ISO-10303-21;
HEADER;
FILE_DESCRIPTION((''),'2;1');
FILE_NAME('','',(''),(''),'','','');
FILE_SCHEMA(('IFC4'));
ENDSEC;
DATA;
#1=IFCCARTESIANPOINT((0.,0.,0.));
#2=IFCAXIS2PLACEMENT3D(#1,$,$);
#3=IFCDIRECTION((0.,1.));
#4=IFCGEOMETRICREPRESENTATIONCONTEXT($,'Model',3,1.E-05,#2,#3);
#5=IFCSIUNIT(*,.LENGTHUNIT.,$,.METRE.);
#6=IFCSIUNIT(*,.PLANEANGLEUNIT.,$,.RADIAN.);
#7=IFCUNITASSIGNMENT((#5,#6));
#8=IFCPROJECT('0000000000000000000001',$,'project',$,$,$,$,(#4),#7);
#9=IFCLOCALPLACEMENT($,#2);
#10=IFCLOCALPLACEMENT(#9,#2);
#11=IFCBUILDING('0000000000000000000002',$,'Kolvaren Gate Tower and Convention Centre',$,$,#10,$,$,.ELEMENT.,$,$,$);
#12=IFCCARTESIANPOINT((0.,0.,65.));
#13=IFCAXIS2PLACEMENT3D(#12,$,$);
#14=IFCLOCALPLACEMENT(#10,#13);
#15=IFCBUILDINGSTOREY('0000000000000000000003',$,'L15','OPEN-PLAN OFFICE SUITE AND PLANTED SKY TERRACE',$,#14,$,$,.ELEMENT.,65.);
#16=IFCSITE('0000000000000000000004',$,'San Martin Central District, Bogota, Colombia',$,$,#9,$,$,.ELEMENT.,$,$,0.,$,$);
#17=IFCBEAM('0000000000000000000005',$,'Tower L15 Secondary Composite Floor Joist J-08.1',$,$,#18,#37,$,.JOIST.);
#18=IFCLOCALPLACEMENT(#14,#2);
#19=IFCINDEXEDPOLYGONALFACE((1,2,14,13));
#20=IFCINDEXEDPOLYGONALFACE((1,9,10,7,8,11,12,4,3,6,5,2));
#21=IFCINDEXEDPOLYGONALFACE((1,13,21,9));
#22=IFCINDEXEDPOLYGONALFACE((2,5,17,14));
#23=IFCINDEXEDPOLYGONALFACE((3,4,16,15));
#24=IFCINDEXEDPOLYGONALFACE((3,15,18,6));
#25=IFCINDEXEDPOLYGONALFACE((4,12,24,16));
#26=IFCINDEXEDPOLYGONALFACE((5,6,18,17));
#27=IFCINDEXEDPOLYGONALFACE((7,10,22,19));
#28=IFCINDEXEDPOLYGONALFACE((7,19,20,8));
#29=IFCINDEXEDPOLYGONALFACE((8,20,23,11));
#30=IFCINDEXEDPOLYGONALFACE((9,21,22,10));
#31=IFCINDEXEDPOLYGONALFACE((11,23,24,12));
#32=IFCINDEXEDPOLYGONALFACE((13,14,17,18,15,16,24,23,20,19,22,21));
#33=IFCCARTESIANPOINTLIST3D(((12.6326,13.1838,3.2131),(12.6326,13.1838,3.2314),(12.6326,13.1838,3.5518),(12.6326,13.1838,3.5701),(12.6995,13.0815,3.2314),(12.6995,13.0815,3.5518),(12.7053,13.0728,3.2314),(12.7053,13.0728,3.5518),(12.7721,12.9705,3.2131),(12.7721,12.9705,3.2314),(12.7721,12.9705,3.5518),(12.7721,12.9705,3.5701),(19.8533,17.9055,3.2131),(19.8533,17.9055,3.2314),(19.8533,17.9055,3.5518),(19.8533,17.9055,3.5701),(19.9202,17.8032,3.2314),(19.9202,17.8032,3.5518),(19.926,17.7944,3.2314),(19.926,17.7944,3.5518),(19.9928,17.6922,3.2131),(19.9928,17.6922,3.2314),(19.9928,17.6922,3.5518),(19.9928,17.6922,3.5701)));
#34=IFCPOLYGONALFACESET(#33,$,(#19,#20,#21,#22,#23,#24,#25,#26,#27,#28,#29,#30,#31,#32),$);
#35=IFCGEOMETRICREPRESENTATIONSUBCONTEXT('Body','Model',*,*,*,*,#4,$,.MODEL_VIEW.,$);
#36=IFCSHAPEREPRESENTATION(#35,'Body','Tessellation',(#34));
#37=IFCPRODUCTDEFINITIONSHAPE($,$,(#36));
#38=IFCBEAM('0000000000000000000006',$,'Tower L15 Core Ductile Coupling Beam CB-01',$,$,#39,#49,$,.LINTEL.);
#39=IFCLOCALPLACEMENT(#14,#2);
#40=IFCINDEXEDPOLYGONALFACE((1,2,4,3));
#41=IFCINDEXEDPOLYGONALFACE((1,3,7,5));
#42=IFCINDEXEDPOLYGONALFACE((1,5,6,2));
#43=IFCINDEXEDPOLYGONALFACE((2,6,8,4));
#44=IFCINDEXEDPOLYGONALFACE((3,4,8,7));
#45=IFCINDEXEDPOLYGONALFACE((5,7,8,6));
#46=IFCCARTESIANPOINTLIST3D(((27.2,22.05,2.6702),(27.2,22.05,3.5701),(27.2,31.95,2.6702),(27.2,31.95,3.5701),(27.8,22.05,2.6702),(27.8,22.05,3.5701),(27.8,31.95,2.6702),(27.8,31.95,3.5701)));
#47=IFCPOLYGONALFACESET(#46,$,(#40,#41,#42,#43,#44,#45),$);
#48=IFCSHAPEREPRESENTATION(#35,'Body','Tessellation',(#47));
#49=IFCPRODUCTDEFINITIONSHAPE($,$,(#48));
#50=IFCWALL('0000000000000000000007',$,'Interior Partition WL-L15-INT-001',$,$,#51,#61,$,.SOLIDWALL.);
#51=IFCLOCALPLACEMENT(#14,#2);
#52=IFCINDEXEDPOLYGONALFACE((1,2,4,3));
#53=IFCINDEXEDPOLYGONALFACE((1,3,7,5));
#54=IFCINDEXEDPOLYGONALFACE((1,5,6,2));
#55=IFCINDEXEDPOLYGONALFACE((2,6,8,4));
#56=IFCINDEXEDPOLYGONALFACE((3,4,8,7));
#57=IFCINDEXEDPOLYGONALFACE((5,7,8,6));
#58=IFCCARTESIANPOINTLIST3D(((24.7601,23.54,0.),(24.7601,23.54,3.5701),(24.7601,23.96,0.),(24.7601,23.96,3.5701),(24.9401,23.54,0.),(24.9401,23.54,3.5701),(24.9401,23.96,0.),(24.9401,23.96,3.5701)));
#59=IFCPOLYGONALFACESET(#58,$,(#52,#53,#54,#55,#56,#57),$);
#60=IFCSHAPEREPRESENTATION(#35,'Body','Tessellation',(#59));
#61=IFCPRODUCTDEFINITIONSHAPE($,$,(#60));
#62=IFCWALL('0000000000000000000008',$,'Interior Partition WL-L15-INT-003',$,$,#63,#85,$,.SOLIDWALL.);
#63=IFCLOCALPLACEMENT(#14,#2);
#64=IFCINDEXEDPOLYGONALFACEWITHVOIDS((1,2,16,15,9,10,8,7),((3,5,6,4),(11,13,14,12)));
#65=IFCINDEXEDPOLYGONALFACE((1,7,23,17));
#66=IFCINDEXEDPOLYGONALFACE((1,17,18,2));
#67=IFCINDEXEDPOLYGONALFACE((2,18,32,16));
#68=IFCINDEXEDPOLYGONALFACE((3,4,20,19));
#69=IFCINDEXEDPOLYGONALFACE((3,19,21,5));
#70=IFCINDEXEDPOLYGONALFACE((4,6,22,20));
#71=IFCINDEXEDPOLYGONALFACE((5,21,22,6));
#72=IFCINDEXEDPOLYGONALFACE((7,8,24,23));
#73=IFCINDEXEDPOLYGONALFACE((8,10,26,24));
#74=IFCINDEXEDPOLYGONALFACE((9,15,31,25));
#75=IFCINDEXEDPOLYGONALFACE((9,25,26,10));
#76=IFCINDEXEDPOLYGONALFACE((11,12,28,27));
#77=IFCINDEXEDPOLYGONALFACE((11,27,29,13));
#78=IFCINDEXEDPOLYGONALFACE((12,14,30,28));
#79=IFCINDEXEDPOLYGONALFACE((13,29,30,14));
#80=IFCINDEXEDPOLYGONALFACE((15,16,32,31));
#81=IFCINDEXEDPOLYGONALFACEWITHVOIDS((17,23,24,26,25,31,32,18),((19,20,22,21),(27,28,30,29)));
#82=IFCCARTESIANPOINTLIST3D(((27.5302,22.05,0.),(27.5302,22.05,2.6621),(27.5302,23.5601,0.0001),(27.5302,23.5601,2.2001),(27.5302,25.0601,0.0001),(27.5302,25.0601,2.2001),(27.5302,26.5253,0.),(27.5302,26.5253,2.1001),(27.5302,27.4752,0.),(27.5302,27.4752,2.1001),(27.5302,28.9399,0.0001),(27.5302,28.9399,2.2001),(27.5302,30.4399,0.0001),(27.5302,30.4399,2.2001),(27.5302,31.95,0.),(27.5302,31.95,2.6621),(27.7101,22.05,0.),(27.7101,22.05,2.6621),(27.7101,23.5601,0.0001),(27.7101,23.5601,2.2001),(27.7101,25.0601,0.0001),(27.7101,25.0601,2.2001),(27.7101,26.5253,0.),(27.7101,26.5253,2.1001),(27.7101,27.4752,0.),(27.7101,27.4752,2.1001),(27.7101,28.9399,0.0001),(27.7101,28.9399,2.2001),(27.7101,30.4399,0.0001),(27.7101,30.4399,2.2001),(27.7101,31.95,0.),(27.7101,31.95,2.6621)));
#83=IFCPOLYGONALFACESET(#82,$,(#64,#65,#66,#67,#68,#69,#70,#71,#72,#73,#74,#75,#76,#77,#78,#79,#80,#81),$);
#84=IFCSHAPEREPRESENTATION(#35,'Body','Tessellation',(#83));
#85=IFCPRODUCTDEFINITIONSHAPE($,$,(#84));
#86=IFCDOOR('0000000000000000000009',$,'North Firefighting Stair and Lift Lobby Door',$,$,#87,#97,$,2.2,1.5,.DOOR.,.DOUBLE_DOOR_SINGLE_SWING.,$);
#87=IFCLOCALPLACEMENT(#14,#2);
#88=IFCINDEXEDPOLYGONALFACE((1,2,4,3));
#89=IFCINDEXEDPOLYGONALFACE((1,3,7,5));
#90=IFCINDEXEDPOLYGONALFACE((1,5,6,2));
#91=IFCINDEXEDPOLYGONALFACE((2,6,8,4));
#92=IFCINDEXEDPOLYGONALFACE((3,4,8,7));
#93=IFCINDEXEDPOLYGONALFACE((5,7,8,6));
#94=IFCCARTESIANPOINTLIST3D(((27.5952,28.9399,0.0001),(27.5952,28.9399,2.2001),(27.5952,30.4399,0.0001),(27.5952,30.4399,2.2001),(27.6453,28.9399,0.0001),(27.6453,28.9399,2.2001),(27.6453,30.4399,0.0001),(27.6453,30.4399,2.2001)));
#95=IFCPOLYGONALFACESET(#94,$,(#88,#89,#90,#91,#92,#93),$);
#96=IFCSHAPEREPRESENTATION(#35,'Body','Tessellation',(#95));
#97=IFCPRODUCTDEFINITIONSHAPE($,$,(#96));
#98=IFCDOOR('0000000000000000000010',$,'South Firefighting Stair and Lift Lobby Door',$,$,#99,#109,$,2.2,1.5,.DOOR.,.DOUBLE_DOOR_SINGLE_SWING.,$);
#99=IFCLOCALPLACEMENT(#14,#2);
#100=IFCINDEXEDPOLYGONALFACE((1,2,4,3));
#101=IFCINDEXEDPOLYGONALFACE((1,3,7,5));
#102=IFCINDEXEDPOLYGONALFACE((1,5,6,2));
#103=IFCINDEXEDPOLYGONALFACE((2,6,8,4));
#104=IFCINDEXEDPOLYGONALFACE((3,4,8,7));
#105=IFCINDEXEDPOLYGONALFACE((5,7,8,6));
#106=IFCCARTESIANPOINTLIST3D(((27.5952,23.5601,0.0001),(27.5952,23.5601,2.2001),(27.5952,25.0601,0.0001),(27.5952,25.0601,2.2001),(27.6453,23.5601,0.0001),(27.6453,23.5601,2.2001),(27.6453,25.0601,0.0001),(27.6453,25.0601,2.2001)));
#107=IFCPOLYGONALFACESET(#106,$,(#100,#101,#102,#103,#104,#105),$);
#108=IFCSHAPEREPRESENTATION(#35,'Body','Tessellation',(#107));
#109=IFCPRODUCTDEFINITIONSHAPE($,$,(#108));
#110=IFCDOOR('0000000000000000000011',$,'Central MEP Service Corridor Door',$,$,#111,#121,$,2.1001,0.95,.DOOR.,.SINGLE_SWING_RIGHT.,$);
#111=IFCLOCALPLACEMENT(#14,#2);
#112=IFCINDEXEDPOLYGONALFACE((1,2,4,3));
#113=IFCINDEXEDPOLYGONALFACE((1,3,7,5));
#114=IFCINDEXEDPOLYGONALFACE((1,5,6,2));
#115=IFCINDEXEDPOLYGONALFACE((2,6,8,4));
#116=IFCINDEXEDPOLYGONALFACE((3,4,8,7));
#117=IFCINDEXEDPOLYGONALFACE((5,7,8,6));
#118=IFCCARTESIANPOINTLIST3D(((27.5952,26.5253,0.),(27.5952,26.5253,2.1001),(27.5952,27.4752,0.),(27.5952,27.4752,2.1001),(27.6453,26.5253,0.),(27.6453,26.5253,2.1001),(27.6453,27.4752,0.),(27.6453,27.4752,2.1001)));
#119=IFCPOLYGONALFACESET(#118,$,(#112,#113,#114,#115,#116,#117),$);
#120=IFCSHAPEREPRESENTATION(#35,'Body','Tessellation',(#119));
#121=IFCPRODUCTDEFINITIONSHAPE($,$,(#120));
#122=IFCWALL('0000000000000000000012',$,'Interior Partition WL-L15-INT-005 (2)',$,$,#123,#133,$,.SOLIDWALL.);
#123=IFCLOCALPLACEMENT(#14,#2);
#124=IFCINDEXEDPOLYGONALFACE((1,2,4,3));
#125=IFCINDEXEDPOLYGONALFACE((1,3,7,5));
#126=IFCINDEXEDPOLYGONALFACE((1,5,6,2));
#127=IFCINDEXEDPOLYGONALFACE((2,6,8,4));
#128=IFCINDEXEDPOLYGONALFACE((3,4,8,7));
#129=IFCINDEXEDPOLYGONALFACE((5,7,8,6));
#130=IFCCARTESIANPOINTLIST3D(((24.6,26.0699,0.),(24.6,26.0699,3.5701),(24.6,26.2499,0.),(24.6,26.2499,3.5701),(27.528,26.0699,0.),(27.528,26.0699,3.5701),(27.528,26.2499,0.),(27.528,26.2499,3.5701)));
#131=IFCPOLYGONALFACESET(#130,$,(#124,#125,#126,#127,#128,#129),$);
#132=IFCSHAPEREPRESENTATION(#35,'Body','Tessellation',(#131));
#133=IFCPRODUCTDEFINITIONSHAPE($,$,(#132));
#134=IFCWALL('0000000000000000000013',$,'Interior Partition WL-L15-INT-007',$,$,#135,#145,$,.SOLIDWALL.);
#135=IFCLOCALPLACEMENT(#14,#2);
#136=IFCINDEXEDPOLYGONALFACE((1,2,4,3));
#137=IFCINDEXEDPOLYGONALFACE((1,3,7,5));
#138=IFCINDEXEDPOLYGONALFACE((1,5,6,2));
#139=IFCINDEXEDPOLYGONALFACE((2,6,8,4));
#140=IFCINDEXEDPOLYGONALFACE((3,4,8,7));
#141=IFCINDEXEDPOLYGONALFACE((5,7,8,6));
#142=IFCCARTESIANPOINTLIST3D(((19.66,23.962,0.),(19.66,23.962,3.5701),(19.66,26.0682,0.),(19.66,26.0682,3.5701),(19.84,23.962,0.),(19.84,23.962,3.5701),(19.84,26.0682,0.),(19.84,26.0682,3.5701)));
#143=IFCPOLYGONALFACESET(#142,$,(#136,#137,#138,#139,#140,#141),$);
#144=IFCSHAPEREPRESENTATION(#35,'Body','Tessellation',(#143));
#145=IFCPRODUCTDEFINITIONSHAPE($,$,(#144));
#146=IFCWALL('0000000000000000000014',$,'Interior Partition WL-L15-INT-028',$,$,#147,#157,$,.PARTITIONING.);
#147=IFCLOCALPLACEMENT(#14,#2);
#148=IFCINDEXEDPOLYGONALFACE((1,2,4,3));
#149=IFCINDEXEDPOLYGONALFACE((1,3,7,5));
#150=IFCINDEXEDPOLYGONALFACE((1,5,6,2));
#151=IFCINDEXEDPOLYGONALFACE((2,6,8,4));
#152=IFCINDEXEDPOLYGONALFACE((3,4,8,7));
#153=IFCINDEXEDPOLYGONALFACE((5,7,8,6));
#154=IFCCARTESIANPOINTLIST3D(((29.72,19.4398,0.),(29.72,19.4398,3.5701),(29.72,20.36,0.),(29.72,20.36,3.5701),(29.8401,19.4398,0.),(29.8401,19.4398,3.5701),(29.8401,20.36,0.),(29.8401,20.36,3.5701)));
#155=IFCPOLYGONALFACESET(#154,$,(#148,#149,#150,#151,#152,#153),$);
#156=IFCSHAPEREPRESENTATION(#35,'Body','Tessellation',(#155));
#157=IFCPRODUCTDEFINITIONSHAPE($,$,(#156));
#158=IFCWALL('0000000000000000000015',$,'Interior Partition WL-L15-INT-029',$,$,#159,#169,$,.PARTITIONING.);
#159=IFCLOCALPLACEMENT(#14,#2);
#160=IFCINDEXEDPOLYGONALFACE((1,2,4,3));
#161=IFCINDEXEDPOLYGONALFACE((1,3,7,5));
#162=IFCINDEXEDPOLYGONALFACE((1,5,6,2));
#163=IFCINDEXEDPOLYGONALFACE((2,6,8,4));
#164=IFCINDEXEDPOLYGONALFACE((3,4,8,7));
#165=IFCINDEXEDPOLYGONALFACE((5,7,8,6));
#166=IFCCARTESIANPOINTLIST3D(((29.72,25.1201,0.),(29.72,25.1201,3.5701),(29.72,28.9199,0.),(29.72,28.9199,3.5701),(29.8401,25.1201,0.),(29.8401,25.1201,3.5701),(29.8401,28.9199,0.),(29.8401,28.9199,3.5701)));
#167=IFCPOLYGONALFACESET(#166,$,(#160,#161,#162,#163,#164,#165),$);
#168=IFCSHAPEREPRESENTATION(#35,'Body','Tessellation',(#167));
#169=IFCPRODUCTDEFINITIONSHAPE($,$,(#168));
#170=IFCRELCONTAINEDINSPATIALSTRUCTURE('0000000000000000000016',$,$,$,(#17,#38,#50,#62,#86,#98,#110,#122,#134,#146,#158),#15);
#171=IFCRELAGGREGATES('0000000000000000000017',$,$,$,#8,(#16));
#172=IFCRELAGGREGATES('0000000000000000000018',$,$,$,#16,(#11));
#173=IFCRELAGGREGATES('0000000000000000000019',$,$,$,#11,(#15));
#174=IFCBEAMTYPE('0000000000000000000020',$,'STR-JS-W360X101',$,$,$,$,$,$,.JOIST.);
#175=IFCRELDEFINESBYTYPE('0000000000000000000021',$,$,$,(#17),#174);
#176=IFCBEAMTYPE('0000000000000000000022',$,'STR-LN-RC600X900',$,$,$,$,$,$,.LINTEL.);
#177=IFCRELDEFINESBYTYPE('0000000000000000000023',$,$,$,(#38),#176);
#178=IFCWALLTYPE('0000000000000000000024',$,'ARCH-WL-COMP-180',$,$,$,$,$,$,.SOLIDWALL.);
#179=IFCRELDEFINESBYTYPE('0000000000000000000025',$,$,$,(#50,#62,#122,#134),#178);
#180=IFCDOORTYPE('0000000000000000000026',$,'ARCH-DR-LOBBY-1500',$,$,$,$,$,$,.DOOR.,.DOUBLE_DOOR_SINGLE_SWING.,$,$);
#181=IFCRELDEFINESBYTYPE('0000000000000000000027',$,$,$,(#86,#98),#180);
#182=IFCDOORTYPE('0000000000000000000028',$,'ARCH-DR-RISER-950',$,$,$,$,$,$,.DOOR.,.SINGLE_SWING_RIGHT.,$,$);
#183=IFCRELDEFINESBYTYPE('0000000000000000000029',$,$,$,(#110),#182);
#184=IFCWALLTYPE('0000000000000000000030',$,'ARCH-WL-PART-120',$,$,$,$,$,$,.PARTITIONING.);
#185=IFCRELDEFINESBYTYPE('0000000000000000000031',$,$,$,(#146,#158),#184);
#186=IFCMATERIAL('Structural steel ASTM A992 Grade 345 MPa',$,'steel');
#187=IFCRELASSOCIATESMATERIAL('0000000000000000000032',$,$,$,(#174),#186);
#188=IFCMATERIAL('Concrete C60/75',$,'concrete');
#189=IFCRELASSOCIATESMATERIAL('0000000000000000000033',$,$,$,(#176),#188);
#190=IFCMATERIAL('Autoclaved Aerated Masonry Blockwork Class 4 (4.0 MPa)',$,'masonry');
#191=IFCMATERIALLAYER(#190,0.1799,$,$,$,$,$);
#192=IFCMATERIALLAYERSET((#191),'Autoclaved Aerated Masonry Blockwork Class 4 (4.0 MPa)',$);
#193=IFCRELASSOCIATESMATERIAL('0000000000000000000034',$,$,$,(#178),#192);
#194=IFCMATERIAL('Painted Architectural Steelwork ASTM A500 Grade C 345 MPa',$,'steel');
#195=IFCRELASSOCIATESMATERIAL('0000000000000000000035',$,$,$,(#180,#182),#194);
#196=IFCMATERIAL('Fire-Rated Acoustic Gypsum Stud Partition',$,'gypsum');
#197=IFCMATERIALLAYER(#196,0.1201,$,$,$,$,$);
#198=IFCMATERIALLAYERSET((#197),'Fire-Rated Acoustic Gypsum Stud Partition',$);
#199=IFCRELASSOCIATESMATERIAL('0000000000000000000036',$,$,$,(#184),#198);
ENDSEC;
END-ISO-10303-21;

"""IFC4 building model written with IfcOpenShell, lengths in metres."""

from ifc_helpers import new_model, si_unit, direction, frame, frame_2d, origin, origin_2d, place, context, subcontext, project, spatial, rectangle, i_section, extrude, material, layer, layer_set, material_profile, profile_set, type_object, element, fill, save


model = new_model("IFC4")

# Units and contexts
model_context = context("Model", 3, precision=1e-05, world=origin(), true_north=direction((0.0, 1.0)))
body_context = subcontext(model_context, "Body", "Model", "MODEL_VIEW")
ifc_project = project(units=[si_unit("LENGTHUNIT", "METRE"), si_unit("PLANEANGLEUNIT", "RADIAN")], contexts=[model_context])

# Site, building, storey
site_placement = place(None, origin())
site = spatial("IfcSite", under=ifc_project, at=site_placement, Name="San Martin Central District, Bogota, Colombia", CompositionType="ELEMENT", RefElevation=0.0)
building_placement = place(site_placement, origin())
building = spatial("IfcBuilding", under=site, at=building_placement, Name="Kolvaren Gate Tower and Convention Centre", CompositionType="ELEMENT")
storey_placement = place(building_placement, frame((0.0, 0.0, 65.0)))
storey = spatial("IfcBuildingStorey", under=building, at=storey_placement, Name="L15", Description="OPEN-PLAN OFFICE SUITE AND PLANTED SKY TERRACE", CompositionType="ELEMENT", Elevation=65.0)

# Beams
ifc_material_1 = material(Name="Structural steel ASTM A992 Grade 345 MPa", Category="steel")
ifc_material_profile_1 = material_profile(ifc_material_1, i_section(OverallWidth=0.2549, OverallDepth=0.3569, WebThickness=0.0105, FlangeThickness=0.0183, at=origin_2d()), Name="W360X101")
ifc_profile_set_1 = profile_set([ifc_material_profile_1], Name="Structural steel ASTM A992 Grade 345 MPa")
beam_type_1 = type_object("IfcBeamType", Name="STR-JS-W360X101", PredefinedType="JOIST", material=ifc_profile_set_1)
beam_1_placement = place(storey_placement, frame((19.9231, 17.7988, 3.3916), z_axis=(-0.836946, -0.547286, 0.0), x_axis=(0.547286, -0.836946, 0.0)))
element("IfcBeam", 1, at=beam_1_placement, inside=storey, type_object=beam_type_1, Name="Tower L15 Secondary Composite Floor Joist J-08.1", PredefinedType="JOIST", context=body_context, shape_type="SweptSolid", body=[
    extrude(i_section(OverallWidth=0.2549, OverallDepth=0.3569, WebThickness=0.0105, FlangeThickness=0.0183, at=origin_2d()), origin(), (0.0, 0.0, 1.0), 8.6274),
])
ifc_material_2 = material(Name="Concrete C60/75", Category="concrete")
ifc_material_profile_2 = material_profile(ifc_material_2, rectangle(XDim=0.6001, YDim=0.8999, at=origin_2d()), Name="RC-BM-600X900")
ifc_profile_set_2 = profile_set([ifc_material_profile_2], Name="Concrete C60/75")
beam_type_2 = type_object("IfcBeamType", Name="STR-LN-RC600X900", PredefinedType="LINTEL", material=ifc_profile_set_2)
beam_2_placement = place(storey_placement, frame((27.5, 22.05, 3.1201), z_axis=(0.0, 1.0, 0.0), x_axis=(-1.0, 0.0, 0.0)))
element("IfcBeam", 2, at=beam_2_placement, inside=storey, type_object=beam_type_2, Name="Tower L15 Core Ductile Coupling Beam CB-01", PredefinedType="LINTEL", context=body_context, shape_type="SweptSolid", body=[
    extrude(rectangle(XDim=0.6001, YDim=0.8999, at=origin_2d()), origin(), (0.0, 0.0, 1.0), 9.8999),
])

# Wall
ifc_material_3 = material(Name="Autoclaved Aerated Masonry Blockwork Class 4 (4.0 MPa)", Category="masonry")
ifc_layer_1 = layer(ifc_material_3, 0.1799)
ifc_layer_set_1 = layer_set([ifc_layer_1], Name="Autoclaved Aerated Masonry Blockwork Class 4 (4.0 MPa)")
wall_type_1 = type_object("IfcWallType", Name="ARCH-WL-COMP-180", PredefinedType="SOLIDWALL", material=ifc_layer_set_1)
wall_1_placement = place(storey_placement, frame((24.8501, 23.54, 0.0), z_axis=(0.0, 0.0, 1.0), x_axis=(0.0, 1.0, 0.0)))
element("IfcWall", 3, at=wall_1_placement, inside=storey, type_object=wall_type_1, Name="Interior Partition WL-L15-INT-001", PredefinedType="SOLIDWALL", context=body_context, shape_type="SweptSolid", body=[
    extrude(rectangle(XDim=0.4199, YDim=0.1799, at=frame_2d((0.21, 0.0))), origin(), (0.0, 0.0, 1.0), 3.5701),
])

# Wall, openings, doors
wall_2_placement = place(storey_placement, frame((27.6201, 22.05, 0.0), z_axis=(0.0, 0.0, 1.0), x_axis=(0.0, 1.0, 0.0)))
wall_2 = element("IfcWall", 4, at=wall_2_placement, inside=storey, type_object=wall_type_1, Name="Interior Partition WL-L15-INT-003", PredefinedType="SOLIDWALL", context=body_context, shape_type="SweptSolid", body=[
    extrude(rectangle(XDim=9.8999, YDim=0.1799, at=frame_2d((4.95, 0.0))), origin(), (0.0, 0.0, 1.0), 2.6621),
])
opening_1_placement = place(wall_2_placement, frame((4.4751, 0.0, 0.0)))
opening_1 = element("IfcOpeningElement", 5, at=opening_1_placement, cuts=wall_2, PredefinedType="OPENING", context=body_context, shape_type="SweptSolid", body=[
    extrude(rectangle(XDim=0.95, YDim=2.1001, at=frame_2d((0.4751, 1.05))), frame((0.0, 0.0999, 0.0), z_axis=(0.0, -1.0, 0.0), x_axis=(1.0, 0.0, 0.0)), (0.0, 0.0, 1.0), 0.2),
])
opening_2_placement = place(wall_2_placement, frame((6.8899, 0.0, 0.0)))
opening_2 = element("IfcOpeningElement", 6, at=opening_2_placement, cuts=wall_2, PredefinedType="OPENING", context=body_context, shape_type="SweptSolid", body=[
    extrude(rectangle(XDim=1.5, YDim=2.2, at=frame_2d((0.75, 1.1001))), frame((0.0, 0.0999, 0.0), z_axis=(0.0, -1.0, 0.0), x_axis=(1.0, 0.0, 0.0)), (0.0, 0.0, 1.0), 0.2),
])
opening_3_placement = place(wall_2_placement, frame((1.51, 0.0, 0.0)))
opening_3 = element("IfcOpeningElement", 7, at=opening_3_placement, cuts=wall_2, PredefinedType="OPENING", context=body_context, shape_type="SweptSolid", body=[
    extrude(rectangle(XDim=1.5, YDim=2.2, at=frame_2d((0.75, 1.1001))), frame((0.0, 0.0999, 0.0), z_axis=(0.0, -1.0, 0.0), x_axis=(1.0, 0.0, 0.0)), (0.0, 0.0, 1.0), 0.2),
])
ifc_material_4 = material(Name="Painted Architectural Steelwork ASTM A500 Grade C 345 MPa", Category="steel")
door_type_1 = type_object("IfcDoorType", Name="ARCH-DR-LOBBY-1500", OperationType="DOUBLE_DOOR_SINGLE_SWING", PredefinedType="DOOR", material=ifc_material_4)
door_1_placement = place(opening_2_placement, origin())
door_1 = element("IfcDoor", 8, at=door_1_placement, inside=storey, type_object=door_type_1, Name="North Firefighting Stair and Lift Lobby Door", OperationType="DOUBLE_DOOR_SINGLE_SWING", OverallHeight=2.2, OverallWidth=1.5, PredefinedType="DOOR", context=body_context, shape_type="SweptSolid", body=[
    extrude(rectangle(XDim=1.5, YDim=2.2, at=frame_2d((0.75, 1.1001))), frame((0.0, 0.0249, 0.0), z_axis=(0.0, -1.0, 0.0), x_axis=(1.0, 0.0, 0.0)), (0.0, 0.0, 1.0), 0.05),
])
fill(opening_2, door_1)
door_2_placement = place(opening_3_placement, origin())
door_2 = element("IfcDoor", 9, at=door_2_placement, inside=storey, type_object=door_type_1, Name="South Firefighting Stair and Lift Lobby Door", OperationType="DOUBLE_DOOR_SINGLE_SWING", OverallHeight=2.2, OverallWidth=1.5, PredefinedType="DOOR", context=body_context, shape_type="SweptSolid", body=[
    extrude(rectangle(XDim=1.5, YDim=2.2, at=frame_2d((0.75, 1.1001))), frame((0.0, 0.0249, 0.0), z_axis=(0.0, -1.0, 0.0), x_axis=(1.0, 0.0, 0.0)), (0.0, 0.0, 1.0), 0.05),
])
fill(opening_3, door_2)
door_type_2 = type_object("IfcDoorType", Name="ARCH-DR-RISER-950", OperationType="SINGLE_SWING_RIGHT", PredefinedType="DOOR", material=ifc_material_4)
door_3_placement = place(opening_1_placement, origin())
door_3 = element("IfcDoor", 10, at=door_3_placement, inside=storey, type_object=door_type_2, Name="Central MEP Service Corridor Door", OperationType="SINGLE_SWING_RIGHT", OverallHeight=2.1001, OverallWidth=0.95, PredefinedType="DOOR", context=body_context, shape_type="SweptSolid", body=[
    extrude(rectangle(XDim=0.95, YDim=2.1001, at=frame_2d((0.4751, 1.05))), frame((0.0, 0.0249, 0.0), z_axis=(0.0, -1.0, 0.0), x_axis=(1.0, 0.0, 0.0)), (0.0, 0.0, 1.0), 0.05),
])
fill(opening_1, door_3)

# Walls
wall_3_placement = place(storey_placement, frame((24.6001, 26.1599, 0.0), z_axis=(0.0, 0.0, 1.0), x_axis=(1.0, 0.0, 0.0)))
element("IfcWall", 11, at=wall_3_placement, inside=storey, type_object=wall_type_1, Name="Interior Partition WL-L15-INT-005 (2)", PredefinedType="SOLIDWALL", context=body_context, shape_type="SweptSolid", body=[
    extrude(rectangle(XDim=2.928, YDim=0.1799, at=frame_2d((1.4639, 0.0))), origin(), (0.0, 0.0, 1.0), 3.5701),
])
wall_4_placement = place(storey_placement, frame((19.75, 23.9619, 0.0), z_axis=(0.0, 0.0, 1.0), x_axis=(0.0, 1.0, 0.0)))
element("IfcWall", 12, at=wall_4_placement, inside=storey, type_object=wall_type_1, Name="Interior Partition WL-L15-INT-007", PredefinedType="SOLIDWALL", context=body_context, shape_type="SweptSolid", body=[
    extrude(rectangle(XDim=2.1062, YDim=0.1799, at=frame_2d((1.0532, 0.0))), origin(), (0.0, 0.0, 1.0), 3.5701),
])
ifc_material_5 = material(Name="Fire-Rated Acoustic Gypsum Stud Partition", Category="gypsum")
ifc_layer_2 = layer(ifc_material_5, 0.1201)
ifc_layer_set_2 = layer_set([ifc_layer_2], Name="Fire-Rated Acoustic Gypsum Stud Partition")
wall_type_2 = type_object("IfcWallType", Name="ARCH-WL-PART-120", PredefinedType="PARTITIONING", material=ifc_layer_set_2)
wall_5_placement = place(storey_placement, frame((29.78, 19.4399, 0.0), z_axis=(0.0, 0.0, 1.0), x_axis=(0.0, 1.0, 0.0)))
element("IfcWall", 13, at=wall_5_placement, inside=storey, type_object=wall_type_2, Name="Interior Partition WL-L15-INT-028", PredefinedType="PARTITIONING", context=body_context, shape_type="SweptSolid", body=[
    extrude(rectangle(XDim=0.9202, YDim=0.1201, at=frame_2d((0.46, 0.0))), origin(), (0.0, 0.0, 1.0), 3.5701),
])
wall_6_placement = place(storey_placement, frame((29.78, 25.1201, 0.0), z_axis=(0.0, 0.0, 1.0), x_axis=(0.0, 1.0, 0.0)))
element("IfcWall", 14, at=wall_6_placement, inside=storey, type_object=wall_type_2, Name="Interior Partition WL-L15-INT-029", PredefinedType="PARTITIONING", context=body_context, shape_type="SweptSolid", body=[
    extrude(rectangle(XDim=3.7998, YDim=0.1201, at=frame_2d((1.8999, 0.0))), origin(), (0.0, 0.0, 1.0), 3.5701),
])

save(model, "model.ifc")
